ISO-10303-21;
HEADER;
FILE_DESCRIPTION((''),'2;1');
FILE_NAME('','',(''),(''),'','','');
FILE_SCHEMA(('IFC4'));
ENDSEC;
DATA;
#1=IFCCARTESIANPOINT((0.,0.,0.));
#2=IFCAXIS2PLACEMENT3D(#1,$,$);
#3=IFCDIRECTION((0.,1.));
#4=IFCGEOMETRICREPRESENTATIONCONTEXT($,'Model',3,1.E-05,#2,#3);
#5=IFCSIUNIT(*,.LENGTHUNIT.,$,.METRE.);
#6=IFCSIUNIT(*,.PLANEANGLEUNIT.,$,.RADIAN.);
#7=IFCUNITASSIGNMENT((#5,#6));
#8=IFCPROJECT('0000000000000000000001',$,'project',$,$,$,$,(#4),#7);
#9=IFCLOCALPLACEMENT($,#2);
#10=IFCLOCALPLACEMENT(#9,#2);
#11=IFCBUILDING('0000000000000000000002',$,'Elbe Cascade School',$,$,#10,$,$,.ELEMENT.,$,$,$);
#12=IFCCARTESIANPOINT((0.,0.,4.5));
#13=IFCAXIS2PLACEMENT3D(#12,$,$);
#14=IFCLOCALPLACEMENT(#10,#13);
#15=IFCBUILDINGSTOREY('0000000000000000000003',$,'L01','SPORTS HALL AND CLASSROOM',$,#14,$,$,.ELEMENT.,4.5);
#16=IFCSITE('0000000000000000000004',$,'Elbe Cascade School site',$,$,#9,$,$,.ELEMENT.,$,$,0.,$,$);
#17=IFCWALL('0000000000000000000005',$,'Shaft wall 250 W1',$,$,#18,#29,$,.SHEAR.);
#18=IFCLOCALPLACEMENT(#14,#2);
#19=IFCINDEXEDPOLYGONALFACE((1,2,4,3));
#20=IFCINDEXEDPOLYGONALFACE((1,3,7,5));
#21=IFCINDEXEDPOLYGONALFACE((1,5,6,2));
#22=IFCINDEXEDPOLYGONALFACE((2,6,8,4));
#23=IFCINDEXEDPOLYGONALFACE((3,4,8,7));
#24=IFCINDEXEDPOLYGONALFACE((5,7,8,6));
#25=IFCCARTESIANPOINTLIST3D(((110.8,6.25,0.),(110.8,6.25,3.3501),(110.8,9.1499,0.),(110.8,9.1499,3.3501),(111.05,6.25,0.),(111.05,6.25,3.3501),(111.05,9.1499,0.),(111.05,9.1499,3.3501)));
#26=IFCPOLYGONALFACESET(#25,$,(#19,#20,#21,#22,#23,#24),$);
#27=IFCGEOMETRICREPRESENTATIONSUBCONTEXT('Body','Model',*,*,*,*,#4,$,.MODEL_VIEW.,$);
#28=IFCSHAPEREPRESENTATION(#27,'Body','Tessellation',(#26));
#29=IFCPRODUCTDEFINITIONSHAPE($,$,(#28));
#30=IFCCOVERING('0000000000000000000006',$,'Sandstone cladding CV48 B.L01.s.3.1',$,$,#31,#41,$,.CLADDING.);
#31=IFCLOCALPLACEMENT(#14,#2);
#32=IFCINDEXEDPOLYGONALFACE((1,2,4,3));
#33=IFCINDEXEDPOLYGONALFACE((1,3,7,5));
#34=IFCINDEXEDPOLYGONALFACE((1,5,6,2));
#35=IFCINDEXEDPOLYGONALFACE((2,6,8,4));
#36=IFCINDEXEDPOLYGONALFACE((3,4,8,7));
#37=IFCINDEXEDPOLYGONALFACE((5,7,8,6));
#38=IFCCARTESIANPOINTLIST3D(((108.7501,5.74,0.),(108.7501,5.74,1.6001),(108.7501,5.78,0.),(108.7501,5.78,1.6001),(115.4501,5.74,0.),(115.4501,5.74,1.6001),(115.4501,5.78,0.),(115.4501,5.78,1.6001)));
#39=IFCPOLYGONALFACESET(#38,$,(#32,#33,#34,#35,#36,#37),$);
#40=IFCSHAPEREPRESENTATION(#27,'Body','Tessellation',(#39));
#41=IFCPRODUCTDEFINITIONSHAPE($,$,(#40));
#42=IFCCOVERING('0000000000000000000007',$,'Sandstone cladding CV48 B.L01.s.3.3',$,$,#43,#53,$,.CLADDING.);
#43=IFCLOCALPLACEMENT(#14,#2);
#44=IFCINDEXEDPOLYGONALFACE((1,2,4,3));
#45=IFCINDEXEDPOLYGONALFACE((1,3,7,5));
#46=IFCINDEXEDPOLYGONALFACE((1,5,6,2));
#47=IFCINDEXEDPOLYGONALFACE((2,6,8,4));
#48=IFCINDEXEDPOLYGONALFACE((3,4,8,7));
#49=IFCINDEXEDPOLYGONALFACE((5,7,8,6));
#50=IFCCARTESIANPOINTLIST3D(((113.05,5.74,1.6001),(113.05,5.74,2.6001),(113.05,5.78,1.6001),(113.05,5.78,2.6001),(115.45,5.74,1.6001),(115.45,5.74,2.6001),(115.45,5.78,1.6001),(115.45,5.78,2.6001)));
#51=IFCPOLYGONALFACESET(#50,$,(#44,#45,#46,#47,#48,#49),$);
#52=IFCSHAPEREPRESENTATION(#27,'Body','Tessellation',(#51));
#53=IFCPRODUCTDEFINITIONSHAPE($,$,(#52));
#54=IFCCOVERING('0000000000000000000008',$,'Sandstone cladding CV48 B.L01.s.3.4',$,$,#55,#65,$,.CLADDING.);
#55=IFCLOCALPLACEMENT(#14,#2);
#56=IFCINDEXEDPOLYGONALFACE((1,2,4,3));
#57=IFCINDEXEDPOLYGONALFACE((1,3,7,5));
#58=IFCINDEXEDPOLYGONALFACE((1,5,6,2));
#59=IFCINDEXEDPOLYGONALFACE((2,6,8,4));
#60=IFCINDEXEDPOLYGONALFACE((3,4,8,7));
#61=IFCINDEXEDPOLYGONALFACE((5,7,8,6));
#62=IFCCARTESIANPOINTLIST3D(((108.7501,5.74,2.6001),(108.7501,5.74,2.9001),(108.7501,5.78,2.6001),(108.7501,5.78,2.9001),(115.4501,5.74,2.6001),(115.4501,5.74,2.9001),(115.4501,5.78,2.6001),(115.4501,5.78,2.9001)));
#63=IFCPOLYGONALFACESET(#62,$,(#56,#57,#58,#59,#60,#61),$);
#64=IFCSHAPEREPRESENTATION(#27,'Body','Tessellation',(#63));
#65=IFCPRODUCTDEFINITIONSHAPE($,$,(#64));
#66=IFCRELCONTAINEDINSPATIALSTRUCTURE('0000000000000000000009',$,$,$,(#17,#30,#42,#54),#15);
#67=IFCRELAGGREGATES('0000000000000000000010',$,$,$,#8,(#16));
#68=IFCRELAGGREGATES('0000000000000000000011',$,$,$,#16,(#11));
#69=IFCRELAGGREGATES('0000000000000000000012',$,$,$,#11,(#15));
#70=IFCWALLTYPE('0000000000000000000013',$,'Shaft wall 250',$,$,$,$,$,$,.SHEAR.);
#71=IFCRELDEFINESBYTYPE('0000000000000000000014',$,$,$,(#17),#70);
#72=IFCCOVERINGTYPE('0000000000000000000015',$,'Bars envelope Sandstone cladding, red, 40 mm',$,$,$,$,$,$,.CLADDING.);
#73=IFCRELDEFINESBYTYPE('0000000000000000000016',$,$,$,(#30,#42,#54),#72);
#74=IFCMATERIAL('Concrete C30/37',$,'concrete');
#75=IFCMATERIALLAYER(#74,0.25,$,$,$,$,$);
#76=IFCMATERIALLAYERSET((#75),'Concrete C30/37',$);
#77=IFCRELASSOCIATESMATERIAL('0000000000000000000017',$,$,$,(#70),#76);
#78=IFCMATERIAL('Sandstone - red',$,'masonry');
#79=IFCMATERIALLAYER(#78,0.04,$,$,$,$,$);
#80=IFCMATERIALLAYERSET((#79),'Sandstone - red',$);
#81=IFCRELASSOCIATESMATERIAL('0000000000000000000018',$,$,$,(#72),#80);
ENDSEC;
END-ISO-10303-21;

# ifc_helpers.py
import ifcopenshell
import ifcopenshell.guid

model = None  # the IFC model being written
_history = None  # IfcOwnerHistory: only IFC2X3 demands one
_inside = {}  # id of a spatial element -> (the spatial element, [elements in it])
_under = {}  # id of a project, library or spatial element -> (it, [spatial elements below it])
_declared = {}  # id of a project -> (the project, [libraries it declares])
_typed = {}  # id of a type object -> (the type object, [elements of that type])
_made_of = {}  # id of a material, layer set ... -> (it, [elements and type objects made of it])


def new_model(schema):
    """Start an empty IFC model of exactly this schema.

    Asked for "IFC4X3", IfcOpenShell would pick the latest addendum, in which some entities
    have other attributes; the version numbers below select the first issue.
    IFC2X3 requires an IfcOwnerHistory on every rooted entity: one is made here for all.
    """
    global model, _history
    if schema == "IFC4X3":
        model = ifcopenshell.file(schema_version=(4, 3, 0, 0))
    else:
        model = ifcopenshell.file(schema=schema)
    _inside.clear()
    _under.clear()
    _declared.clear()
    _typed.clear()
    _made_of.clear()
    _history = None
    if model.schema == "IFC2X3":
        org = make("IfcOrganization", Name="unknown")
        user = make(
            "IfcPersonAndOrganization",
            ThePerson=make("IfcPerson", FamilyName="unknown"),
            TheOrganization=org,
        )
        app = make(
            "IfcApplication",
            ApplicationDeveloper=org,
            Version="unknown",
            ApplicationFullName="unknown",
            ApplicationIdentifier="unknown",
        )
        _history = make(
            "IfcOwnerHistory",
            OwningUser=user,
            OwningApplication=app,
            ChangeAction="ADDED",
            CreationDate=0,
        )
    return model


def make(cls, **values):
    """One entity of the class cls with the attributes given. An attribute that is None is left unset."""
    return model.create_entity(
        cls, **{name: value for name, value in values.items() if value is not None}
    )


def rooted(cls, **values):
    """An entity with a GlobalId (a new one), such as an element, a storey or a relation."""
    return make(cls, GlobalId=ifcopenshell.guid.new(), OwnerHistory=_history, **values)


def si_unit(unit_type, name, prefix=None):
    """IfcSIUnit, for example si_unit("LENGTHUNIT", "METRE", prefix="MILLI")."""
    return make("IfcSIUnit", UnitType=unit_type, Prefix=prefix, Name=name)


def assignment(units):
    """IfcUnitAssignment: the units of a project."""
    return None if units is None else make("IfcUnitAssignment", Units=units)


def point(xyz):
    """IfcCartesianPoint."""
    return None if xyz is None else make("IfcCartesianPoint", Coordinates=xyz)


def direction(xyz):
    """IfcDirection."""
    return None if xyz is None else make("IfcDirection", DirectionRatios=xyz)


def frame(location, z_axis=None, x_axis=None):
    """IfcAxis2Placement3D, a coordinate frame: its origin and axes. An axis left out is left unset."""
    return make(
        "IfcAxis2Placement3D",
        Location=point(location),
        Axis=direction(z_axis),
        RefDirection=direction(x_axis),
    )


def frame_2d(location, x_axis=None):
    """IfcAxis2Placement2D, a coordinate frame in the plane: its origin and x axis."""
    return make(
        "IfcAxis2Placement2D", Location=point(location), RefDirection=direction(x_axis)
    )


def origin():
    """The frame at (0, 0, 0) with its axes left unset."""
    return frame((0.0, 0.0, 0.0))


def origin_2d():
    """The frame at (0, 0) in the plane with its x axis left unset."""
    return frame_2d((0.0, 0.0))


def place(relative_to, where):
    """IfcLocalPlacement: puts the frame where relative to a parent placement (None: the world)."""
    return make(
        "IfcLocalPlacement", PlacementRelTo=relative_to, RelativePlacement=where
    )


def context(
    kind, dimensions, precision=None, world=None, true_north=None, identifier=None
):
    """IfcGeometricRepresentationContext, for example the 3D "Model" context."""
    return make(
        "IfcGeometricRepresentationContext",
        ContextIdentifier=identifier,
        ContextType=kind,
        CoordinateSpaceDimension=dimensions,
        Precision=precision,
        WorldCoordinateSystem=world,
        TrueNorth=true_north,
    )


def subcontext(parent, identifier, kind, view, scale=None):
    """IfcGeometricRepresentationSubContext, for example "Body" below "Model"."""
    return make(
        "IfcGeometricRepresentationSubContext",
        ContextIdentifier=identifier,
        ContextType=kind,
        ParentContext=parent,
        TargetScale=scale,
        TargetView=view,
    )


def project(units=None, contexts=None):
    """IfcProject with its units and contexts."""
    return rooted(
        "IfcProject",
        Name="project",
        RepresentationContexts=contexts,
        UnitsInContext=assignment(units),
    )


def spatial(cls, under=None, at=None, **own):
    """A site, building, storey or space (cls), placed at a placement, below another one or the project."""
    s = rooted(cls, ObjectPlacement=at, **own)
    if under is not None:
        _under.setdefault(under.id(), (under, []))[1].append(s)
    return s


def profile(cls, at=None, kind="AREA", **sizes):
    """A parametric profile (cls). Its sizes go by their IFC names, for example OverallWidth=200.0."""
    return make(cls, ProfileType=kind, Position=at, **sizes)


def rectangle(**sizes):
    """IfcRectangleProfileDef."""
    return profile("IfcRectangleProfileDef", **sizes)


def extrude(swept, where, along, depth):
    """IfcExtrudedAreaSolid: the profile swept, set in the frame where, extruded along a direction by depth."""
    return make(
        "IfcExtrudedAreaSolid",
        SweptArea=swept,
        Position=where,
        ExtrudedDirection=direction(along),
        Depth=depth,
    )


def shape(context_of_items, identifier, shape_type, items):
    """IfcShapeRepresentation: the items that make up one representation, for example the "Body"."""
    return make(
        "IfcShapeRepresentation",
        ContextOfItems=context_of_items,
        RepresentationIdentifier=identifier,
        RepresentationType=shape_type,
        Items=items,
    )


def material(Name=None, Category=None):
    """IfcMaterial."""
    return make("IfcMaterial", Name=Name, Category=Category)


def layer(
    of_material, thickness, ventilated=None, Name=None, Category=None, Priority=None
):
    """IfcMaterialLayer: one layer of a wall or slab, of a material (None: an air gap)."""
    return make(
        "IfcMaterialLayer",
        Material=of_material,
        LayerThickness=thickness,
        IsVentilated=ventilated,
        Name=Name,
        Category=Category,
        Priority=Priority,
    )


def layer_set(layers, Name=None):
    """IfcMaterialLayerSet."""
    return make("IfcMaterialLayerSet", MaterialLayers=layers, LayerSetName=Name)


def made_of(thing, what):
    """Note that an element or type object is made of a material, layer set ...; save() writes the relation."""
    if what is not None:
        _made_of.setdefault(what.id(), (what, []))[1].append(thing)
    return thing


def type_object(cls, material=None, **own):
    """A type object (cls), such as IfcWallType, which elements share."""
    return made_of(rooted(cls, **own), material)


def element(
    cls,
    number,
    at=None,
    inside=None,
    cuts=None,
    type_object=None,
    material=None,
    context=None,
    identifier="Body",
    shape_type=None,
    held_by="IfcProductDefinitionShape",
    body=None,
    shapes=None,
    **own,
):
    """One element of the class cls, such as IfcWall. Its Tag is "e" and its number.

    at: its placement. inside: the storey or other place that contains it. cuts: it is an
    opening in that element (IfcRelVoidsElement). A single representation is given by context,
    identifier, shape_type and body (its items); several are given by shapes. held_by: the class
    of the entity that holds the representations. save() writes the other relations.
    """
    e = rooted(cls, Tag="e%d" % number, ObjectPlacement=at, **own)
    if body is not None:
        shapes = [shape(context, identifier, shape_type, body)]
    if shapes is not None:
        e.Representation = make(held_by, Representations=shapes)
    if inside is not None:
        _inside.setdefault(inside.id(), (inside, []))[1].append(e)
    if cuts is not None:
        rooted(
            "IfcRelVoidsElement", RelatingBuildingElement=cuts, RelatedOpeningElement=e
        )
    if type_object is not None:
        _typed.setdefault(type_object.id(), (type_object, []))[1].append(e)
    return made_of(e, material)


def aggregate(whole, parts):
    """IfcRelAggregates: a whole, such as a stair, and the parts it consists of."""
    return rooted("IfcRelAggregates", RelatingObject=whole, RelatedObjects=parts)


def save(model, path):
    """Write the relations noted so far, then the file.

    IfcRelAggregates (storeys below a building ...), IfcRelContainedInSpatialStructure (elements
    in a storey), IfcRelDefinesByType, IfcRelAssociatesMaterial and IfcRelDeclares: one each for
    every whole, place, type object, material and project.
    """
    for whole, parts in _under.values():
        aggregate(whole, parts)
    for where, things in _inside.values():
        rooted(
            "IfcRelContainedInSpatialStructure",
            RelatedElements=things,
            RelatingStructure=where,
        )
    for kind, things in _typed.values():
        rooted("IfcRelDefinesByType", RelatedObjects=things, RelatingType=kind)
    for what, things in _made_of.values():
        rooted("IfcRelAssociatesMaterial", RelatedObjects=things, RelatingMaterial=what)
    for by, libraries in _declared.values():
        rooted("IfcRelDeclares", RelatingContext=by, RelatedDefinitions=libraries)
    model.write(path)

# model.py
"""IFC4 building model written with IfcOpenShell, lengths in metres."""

from ifc_helpers import new_model, si_unit, direction, frame, frame_2d, origin, origin_2d, place, context, subcontext, project, spatial, rectangle, extrude, material, layer, layer_set, type_object, element, save


model = new_model("IFC4")

# Units and contexts
model_context = context("Model", 3, precision=1e-05, world=origin(), true_north=direction((0.0, 1.0)))
body_context = subcontext(model_context, "Body", "Model", "MODEL_VIEW")
ifc_project = project(units=[si_unit("LENGTHUNIT", "METRE"), si_unit("PLANEANGLEUNIT", "RADIAN")], contexts=[model_context])

# Site, building, storey
site_placement = place(None, origin())
site = spatial("IfcSite", under=ifc_project, at=site_placement, Name="Elbe Cascade School site", CompositionType="ELEMENT", RefElevation=0.0)
building_placement = place(site_placement, origin())
building = spatial("IfcBuilding", under=site, at=building_placement, Name="Elbe Cascade School", CompositionType="ELEMENT")
storey_placement = place(building_placement, frame((0.0, 0.0, 4.5)))
storey = spatial("IfcBuildingStorey", under=building, at=storey_placement, Name="L01", Description="SPORTS HALL AND CLASSROOM", CompositionType="ELEMENT", Elevation=4.5)

# Wall
ifc_material_1 = material(Name="Concrete C30/37", Category="concrete")
ifc_layer_1 = layer(ifc_material_1, 0.25)
ifc_layer_set_1 = layer_set([ifc_layer_1], Name="Concrete C30/37")
wall_type_1 = type_object("IfcWallType", Name="Shaft wall 250", PredefinedType="SHEAR", material=ifc_layer_set_1)
wall_1_placement = place(storey_placement, frame((110.925, 6.25, 0.0), z_axis=(0.0, 0.0, 1.0), x_axis=(0.0, 1.0, 0.0)))
element("IfcWall", 1, at=wall_1_placement, inside=storey, type_object=wall_type_1, Name="Shaft wall 250 W1", PredefinedType="SHEAR", context=body_context, shape_type="SweptSolid", body=[
    extrude(rectangle(XDim=2.8999, YDim=0.25, at=frame_2d((1.45, 0.0))), origin(), (0.0, 0.0, 1.0), 3.3501),
])

# Coverings
ifc_material_2 = material(Name="Sandstone - red", Category="masonry")
ifc_layer_2 = layer(ifc_material_2, 0.04)
ifc_layer_set_2 = layer_set([ifc_layer_2], Name="Sandstone - red")
covering_type = type_object("IfcCoveringType", Name="Bars envelope Sandstone cladding, red, 40 mm", PredefinedType="CLADDING", material=ifc_layer_set_2)
covering_1_placement = place(storey_placement, frame((112.1001, 5.76, 0.0), z_axis=(0.0, 0.0, 1.0), x_axis=(1.0, 0.0, 0.0)))
element("IfcCovering", 2, at=covering_1_placement, inside=storey, type_object=covering_type, Name="Sandstone cladding CV48 B.L01.s.3.1", PredefinedType="CLADDING", context=body_context, shape_type="SweptSolid", body=[
    extrude(rectangle(XDim=6.7, YDim=0.04, at=origin_2d()), origin(), (0.0, 0.0, 1.0), 1.6001),
])
covering_2_placement = place(storey_placement, frame((114.25, 5.76, 1.6001), z_axis=(0.0, 0.0, 1.0), x_axis=(1.0, 0.0, 0.0)))
element("IfcCovering", 3, at=covering_2_placement, inside=storey, type_object=covering_type, Name="Sandstone cladding CV48 B.L01.s.3.3", PredefinedType="CLADDING", context=body_context, shape_type="SweptSolid", body=[
    extrude(rectangle(XDim=2.3999, YDim=0.04, at=origin_2d()), origin(), (0.0, 0.0, 1.0), 1.0),
])
covering_3_placement = place(storey_placement, frame((112.1001, 5.76, 2.6001), z_axis=(0.0, 0.0, 1.0), x_axis=(1.0, 0.0, 0.0)))
element("IfcCovering", 4, at=covering_3_placement, inside=storey, type_object=covering_type, Name="Sandstone cladding CV48 B.L01.s.3.4", PredefinedType="CLADDING", context=body_context, shape_type="SweptSolid", body=[
    extrude(rectangle(XDim=6.7, YDim=0.04, at=origin_2d()), origin(), (0.0, 0.0, 1.0), 0.3),
])

save(model, "model.ifc")
